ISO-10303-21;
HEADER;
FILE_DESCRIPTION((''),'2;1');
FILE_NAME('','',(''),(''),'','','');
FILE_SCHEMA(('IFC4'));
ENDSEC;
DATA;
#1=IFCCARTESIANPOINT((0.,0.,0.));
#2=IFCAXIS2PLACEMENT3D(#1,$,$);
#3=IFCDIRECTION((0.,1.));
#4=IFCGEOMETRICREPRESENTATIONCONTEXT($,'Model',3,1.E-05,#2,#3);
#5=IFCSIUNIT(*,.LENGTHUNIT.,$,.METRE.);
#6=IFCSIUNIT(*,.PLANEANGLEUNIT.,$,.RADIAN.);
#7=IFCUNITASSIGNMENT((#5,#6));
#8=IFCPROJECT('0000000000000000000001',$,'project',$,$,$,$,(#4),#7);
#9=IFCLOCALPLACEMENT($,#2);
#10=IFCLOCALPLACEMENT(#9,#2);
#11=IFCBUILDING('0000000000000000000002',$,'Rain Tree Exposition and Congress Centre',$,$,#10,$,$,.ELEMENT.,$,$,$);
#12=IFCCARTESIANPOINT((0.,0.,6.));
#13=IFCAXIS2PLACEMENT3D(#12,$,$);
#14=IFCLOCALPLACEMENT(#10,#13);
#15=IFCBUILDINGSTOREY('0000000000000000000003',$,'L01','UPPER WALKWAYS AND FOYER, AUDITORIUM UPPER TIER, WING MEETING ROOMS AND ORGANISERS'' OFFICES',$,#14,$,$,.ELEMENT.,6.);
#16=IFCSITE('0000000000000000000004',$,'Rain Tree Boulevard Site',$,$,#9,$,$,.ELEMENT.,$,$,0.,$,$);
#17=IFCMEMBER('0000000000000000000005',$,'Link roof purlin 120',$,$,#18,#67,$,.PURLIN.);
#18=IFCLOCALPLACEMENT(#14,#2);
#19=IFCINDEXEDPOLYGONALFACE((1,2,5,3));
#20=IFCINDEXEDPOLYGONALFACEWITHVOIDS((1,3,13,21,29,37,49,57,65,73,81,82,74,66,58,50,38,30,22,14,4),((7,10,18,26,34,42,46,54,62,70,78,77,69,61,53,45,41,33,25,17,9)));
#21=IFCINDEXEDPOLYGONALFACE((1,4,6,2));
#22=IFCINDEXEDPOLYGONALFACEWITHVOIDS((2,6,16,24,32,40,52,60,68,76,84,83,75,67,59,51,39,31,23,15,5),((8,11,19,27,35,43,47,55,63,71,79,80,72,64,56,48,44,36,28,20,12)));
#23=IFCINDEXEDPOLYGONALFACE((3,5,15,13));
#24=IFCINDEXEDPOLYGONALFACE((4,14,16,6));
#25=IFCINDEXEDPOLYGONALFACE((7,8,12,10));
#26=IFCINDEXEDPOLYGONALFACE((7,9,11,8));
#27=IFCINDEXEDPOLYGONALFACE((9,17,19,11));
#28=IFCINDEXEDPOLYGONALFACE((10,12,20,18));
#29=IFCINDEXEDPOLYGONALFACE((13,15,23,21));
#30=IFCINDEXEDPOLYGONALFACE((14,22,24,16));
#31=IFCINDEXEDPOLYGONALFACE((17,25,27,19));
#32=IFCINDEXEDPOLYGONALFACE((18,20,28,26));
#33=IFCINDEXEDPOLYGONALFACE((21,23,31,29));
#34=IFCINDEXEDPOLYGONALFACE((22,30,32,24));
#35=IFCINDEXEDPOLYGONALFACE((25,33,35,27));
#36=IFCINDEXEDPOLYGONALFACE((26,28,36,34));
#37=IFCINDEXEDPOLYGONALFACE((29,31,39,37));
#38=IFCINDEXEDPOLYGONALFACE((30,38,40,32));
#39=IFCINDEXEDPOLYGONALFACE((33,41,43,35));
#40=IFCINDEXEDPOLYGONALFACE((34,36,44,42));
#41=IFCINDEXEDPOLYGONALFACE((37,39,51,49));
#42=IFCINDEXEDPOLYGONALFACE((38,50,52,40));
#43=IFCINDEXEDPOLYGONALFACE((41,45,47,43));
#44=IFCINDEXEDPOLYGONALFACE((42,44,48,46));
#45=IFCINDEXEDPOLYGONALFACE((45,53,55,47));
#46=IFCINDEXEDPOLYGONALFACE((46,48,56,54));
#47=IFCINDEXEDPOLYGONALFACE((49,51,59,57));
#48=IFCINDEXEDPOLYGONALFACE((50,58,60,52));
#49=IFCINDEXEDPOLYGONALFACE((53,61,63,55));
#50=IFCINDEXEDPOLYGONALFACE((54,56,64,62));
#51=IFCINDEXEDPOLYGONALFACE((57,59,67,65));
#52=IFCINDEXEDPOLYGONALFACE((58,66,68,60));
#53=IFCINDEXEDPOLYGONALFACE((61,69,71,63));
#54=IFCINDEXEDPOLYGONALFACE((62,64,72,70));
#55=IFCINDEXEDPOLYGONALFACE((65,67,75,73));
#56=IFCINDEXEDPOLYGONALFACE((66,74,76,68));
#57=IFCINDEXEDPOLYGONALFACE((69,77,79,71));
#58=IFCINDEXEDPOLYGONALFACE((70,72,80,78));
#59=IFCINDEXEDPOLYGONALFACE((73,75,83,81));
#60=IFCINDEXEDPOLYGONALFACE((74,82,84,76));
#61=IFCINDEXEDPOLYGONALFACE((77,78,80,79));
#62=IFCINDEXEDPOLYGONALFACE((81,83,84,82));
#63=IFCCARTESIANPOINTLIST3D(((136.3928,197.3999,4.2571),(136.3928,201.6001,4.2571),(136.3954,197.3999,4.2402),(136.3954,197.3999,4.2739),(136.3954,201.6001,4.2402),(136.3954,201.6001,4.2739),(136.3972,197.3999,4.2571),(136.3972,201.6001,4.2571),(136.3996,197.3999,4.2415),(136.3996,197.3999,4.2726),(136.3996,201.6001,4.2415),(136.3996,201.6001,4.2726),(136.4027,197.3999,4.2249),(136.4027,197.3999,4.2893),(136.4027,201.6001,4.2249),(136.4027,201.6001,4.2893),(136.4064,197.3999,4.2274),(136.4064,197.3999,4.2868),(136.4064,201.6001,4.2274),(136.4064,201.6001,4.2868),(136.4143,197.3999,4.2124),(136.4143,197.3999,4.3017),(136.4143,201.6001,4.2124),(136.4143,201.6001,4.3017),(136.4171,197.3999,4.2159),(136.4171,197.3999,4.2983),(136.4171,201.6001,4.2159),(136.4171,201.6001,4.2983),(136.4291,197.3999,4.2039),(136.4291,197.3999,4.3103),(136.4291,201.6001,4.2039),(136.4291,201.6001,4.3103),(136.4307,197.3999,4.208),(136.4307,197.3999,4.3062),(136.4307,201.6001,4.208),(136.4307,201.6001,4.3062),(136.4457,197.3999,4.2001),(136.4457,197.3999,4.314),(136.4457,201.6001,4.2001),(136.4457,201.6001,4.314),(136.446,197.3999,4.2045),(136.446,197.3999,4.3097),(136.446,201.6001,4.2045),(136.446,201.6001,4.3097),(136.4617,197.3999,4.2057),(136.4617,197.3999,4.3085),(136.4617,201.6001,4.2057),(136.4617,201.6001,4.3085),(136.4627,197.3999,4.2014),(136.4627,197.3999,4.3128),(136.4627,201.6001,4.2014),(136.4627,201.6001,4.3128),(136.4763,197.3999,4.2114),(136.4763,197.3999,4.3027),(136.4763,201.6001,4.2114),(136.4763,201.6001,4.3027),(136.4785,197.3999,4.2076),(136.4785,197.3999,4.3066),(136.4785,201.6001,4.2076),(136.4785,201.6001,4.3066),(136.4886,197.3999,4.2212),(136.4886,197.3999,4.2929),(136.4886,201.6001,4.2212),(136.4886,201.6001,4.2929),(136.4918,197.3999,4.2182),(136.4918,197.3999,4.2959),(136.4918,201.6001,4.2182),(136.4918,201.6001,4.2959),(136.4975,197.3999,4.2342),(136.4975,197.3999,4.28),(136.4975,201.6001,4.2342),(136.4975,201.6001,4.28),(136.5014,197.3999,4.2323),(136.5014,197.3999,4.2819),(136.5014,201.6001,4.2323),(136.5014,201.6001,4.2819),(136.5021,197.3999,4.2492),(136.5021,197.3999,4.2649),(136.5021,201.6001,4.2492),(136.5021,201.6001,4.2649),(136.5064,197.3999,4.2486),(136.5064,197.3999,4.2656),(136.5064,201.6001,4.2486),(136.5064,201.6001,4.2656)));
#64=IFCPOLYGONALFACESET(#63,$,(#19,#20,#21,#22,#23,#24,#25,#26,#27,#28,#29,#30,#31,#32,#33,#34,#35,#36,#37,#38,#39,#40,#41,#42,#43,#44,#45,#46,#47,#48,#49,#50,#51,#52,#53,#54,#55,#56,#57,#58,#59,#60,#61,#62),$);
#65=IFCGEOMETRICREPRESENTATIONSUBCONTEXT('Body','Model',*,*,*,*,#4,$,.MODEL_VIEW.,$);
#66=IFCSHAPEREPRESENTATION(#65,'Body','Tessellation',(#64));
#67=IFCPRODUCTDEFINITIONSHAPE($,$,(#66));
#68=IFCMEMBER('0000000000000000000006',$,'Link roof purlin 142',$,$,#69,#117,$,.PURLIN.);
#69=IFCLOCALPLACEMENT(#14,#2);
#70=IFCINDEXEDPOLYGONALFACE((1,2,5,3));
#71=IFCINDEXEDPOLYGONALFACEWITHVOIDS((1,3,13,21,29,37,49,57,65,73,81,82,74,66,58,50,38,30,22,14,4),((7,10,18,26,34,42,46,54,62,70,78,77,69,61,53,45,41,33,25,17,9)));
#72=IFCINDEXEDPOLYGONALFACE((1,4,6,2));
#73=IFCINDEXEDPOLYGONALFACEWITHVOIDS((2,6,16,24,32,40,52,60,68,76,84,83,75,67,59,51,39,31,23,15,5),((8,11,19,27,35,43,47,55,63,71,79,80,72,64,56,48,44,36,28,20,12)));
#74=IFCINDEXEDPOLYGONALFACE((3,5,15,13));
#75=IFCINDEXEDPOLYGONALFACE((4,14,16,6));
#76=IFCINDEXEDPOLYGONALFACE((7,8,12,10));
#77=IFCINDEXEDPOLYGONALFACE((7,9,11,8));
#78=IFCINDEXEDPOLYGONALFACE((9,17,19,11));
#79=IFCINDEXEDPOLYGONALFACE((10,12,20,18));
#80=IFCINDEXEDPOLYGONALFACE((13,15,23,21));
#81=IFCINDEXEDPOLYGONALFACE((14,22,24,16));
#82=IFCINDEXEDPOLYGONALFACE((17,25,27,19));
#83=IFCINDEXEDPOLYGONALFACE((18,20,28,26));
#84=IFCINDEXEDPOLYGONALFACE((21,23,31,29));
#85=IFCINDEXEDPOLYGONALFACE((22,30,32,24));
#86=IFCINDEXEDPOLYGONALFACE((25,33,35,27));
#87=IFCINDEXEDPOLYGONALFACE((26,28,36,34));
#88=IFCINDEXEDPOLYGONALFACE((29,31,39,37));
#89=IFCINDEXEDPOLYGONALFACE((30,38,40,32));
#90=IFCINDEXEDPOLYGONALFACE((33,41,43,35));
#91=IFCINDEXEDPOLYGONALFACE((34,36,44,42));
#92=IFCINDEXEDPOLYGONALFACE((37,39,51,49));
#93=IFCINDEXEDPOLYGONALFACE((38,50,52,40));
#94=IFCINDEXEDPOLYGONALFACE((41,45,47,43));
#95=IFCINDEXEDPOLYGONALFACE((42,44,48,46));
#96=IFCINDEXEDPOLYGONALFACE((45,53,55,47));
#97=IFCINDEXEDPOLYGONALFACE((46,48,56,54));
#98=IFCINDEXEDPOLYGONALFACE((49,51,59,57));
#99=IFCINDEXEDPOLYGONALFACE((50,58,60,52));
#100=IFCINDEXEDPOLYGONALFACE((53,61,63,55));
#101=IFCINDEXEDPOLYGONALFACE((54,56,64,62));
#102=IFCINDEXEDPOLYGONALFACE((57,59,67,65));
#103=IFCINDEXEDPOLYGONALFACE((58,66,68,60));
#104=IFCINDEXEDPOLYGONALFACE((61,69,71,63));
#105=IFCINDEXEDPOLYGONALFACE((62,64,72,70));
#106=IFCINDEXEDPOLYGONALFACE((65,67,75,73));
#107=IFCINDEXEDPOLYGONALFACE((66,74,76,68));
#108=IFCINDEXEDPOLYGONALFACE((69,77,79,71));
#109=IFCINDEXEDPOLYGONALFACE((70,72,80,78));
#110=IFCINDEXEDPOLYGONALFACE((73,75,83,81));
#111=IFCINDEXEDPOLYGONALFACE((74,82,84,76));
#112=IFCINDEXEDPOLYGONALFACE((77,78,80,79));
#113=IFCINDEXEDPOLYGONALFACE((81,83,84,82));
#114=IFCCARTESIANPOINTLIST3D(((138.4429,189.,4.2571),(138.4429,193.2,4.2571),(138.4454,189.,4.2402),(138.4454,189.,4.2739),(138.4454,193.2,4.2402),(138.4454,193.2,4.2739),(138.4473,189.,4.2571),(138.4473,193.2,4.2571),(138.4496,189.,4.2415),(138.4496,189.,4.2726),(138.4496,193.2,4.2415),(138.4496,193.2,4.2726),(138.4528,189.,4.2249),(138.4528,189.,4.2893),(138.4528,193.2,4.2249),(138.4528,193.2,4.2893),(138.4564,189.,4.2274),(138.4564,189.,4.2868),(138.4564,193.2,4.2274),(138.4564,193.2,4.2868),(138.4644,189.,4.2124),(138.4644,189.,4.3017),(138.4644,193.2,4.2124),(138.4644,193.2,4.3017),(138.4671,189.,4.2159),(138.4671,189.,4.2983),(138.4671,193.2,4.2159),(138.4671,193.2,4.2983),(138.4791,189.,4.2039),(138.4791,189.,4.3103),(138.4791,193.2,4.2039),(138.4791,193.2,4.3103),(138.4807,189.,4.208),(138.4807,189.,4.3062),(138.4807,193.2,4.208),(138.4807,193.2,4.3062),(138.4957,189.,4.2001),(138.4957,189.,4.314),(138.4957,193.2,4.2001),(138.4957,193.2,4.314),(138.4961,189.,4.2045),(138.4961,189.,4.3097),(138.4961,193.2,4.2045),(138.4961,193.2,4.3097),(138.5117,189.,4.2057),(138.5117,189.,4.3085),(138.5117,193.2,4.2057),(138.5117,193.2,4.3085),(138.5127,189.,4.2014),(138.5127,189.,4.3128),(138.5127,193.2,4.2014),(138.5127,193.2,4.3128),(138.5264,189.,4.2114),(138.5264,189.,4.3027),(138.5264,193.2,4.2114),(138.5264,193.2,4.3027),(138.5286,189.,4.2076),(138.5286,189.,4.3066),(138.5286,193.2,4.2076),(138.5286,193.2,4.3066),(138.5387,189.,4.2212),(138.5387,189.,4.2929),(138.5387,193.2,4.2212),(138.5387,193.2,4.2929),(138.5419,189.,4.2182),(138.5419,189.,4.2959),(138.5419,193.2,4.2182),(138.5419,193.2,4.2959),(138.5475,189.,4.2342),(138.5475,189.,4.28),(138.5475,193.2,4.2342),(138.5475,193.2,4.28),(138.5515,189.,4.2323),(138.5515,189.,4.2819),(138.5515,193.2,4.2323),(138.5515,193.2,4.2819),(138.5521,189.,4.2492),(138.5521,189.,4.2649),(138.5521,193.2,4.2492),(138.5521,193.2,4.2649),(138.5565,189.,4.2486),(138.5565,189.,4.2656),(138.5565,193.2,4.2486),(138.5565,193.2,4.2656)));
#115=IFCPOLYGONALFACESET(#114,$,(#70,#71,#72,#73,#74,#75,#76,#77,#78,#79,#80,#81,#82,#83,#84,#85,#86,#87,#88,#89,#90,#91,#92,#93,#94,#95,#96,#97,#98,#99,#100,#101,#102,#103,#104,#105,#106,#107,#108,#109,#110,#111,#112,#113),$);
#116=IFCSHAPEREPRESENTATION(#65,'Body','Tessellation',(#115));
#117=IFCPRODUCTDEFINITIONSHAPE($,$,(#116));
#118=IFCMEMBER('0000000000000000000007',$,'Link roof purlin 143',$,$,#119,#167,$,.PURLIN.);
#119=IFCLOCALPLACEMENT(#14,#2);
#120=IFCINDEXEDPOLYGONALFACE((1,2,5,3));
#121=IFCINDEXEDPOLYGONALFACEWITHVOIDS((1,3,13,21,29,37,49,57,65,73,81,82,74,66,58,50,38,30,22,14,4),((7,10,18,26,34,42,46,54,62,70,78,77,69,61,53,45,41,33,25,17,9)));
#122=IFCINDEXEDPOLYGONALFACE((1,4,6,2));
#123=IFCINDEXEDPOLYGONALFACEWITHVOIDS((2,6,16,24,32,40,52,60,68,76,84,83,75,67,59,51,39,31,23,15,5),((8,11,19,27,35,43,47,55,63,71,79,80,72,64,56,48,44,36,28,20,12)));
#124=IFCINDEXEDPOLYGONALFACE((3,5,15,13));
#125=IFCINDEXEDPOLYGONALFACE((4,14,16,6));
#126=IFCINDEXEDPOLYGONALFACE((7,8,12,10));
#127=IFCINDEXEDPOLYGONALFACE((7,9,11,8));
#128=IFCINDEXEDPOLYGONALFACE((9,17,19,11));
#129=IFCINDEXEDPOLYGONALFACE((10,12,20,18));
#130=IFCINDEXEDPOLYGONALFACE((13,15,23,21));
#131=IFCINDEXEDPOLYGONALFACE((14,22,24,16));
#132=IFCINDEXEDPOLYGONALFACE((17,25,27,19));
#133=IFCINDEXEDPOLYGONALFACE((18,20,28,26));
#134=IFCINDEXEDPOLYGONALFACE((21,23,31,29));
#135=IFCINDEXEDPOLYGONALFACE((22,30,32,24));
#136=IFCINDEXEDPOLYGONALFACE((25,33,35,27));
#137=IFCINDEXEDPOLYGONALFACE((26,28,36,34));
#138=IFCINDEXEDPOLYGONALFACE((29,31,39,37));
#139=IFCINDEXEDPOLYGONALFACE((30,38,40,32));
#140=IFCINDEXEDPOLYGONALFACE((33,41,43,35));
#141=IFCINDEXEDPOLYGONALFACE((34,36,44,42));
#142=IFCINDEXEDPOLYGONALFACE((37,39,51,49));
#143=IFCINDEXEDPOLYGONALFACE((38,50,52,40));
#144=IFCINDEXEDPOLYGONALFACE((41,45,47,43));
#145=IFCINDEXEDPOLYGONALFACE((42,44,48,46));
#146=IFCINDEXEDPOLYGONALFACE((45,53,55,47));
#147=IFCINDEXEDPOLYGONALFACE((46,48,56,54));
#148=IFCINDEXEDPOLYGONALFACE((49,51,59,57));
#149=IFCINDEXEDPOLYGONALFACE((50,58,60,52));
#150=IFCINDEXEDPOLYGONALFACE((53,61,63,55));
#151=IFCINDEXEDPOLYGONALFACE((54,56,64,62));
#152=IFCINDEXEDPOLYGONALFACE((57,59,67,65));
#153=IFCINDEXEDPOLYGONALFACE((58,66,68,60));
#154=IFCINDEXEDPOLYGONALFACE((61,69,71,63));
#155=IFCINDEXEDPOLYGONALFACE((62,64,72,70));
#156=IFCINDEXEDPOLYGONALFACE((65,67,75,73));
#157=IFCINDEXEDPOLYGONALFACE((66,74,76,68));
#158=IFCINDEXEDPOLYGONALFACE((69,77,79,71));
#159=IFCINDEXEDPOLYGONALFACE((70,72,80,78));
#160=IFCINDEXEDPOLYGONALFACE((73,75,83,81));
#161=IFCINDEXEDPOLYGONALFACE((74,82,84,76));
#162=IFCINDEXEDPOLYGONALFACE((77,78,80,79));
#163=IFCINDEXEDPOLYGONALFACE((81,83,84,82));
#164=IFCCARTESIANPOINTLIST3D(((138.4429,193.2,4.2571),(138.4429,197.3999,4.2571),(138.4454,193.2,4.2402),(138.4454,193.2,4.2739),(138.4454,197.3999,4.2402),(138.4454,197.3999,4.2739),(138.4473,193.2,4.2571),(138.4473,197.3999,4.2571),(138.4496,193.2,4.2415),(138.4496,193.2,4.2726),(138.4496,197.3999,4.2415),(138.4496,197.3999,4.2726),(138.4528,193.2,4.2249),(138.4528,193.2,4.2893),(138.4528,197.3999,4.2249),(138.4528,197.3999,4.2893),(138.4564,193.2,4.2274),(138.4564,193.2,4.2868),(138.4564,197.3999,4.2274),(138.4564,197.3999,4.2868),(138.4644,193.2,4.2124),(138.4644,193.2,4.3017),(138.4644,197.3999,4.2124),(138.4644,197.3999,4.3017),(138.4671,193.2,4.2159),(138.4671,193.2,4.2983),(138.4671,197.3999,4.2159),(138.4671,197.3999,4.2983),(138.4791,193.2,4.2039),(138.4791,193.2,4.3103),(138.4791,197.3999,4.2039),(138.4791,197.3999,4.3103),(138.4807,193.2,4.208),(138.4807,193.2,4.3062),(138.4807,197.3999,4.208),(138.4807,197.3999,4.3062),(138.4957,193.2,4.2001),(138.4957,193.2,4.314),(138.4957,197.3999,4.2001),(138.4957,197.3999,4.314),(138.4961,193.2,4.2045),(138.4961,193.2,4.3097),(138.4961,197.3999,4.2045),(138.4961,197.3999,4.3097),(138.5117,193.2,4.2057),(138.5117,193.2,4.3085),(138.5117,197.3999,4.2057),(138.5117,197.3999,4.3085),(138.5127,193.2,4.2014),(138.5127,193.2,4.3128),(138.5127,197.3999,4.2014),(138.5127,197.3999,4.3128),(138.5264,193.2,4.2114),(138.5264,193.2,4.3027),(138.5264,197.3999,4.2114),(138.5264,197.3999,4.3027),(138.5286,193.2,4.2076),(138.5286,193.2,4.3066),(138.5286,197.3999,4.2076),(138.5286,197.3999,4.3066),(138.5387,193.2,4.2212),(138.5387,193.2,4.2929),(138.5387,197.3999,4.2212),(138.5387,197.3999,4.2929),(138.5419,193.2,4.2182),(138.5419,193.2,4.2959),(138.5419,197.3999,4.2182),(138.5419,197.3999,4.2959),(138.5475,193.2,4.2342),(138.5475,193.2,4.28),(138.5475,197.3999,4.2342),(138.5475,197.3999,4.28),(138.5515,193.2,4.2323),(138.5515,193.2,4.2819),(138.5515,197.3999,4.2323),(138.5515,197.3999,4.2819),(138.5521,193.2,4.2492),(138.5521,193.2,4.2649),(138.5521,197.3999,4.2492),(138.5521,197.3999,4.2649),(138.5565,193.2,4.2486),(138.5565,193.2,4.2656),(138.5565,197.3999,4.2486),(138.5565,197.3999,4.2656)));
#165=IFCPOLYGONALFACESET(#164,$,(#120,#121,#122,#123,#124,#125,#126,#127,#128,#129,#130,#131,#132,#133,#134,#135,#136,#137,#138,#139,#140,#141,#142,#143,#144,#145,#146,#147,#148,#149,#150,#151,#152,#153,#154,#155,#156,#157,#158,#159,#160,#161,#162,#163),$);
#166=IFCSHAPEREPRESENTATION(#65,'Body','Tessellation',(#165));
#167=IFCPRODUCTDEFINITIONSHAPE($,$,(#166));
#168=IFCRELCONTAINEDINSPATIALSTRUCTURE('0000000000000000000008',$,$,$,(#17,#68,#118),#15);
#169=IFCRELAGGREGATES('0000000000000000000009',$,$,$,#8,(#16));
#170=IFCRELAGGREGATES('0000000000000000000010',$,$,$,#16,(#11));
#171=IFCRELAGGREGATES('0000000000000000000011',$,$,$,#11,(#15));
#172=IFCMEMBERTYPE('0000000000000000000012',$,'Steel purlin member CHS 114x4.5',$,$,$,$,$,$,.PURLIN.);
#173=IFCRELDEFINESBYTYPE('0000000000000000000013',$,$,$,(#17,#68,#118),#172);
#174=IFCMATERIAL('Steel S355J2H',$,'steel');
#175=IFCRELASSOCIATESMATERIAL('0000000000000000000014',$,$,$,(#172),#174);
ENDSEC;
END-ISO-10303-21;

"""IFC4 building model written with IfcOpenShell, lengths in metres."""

from ifc_helpers import new_model, si_unit, direction, frame, origin, origin_2d, place, context, subcontext, project, spatial, hollow_circle, extrude, material, material_profile, profile_set, type_object, element, save


model = new_model("IFC4")

# Units and contexts
model_context = context("Model", 3, precision=1e-05, world=origin(), true_north=direction((0.0, 1.0)))
body_context = subcontext(model_context, "Body", "Model", "MODEL_VIEW")
ifc_project = project(units=[si_unit("LENGTHUNIT", "METRE"), si_unit("PLANEANGLEUNIT", "RADIAN")], contexts=[model_context])

# Site, building, storey
site_placement = place(None, origin())
site = spatial("IfcSite", under=ifc_project, at=site_placement, Name="Rain Tree Boulevard Site", CompositionType="ELEMENT", RefElevation=0.0)
building_placement = place(site_placement, origin())
building = spatial("IfcBuilding", under=site, at=building_placement, Name="Rain Tree Exposition and Congress Centre", CompositionType="ELEMENT")
storey_placement = place(building_placement, frame((0.0, 0.0, 6.0)))
storey = spatial("IfcBuildingStorey", under=building, at=storey_placement, Name="L01", Description="UPPER WALKWAYS AND FOYER, AUDITORIUM UPPER TIER, WING MEETING ROOMS AND ORGANISERS' OFFICES", CompositionType="ELEMENT", Elevation=6.0)

# Members
ifc_material_1 = material(Name="Steel S355J2H", Category="steel")
ifc_material_profile_1 = material_profile(ifc_material_1, hollow_circle(Radius=0.0571, WallThickness=0.0044, at=origin_2d()), Name="CHS 114x4.5")
ifc_profile_set_1 = profile_set([ifc_material_profile_1], Name="Steel S355J2H")
member_type = type_object("IfcMemberType", Name="Steel purlin member CHS 114x4.5", PredefinedType="PURLIN", material=ifc_profile_set_1)
member_1_placement = place(storey_placement, frame((136.45, 197.3999, 4.2571), z_axis=(0.0, 1.0, 0.0), x_axis=(-1.0, 0.0, 0.0)))
element("IfcMember", 1, at=member_1_placement, inside=storey, type_object=member_type, Name="Link roof purlin 120", PredefinedType="PURLIN", context=body_context, shape_type="SweptSolid", body=[
    extrude(hollow_circle(Radius=0.0571, WallThickness=0.0044, at=origin_2d()), origin(), (0.0, 0.0, 1.0), 4.2002),
])
for number, where, z_axis, x_axis, name in (
    (2, (138.5, 189.0, 4.2571), (0.0, 1.0, 0.0), (-1.0, 0.0, 0.0), "Link roof purlin 142"),
    (3, (138.5, 193.2, 4.2571), (0.0, 1.0, 0.0), (-1.0, 0.0, 0.0), "Link roof purlin 143"),
):
    element("IfcMember", number, at=place(storey_placement, frame(where, z_axis=z_axis, x_axis=x_axis)), inside=storey, type_object=member_type, Name=name, PredefinedType="PURLIN", context=body_context, shape_type="SweptSolid", body=[
        extrude(hollow_circle(Radius=0.0571, WallThickness=0.0044, at=origin_2d()), origin(), (0.0, 0.0, 1.0), 4.2),
    ])

save(model, "model.ifc")
